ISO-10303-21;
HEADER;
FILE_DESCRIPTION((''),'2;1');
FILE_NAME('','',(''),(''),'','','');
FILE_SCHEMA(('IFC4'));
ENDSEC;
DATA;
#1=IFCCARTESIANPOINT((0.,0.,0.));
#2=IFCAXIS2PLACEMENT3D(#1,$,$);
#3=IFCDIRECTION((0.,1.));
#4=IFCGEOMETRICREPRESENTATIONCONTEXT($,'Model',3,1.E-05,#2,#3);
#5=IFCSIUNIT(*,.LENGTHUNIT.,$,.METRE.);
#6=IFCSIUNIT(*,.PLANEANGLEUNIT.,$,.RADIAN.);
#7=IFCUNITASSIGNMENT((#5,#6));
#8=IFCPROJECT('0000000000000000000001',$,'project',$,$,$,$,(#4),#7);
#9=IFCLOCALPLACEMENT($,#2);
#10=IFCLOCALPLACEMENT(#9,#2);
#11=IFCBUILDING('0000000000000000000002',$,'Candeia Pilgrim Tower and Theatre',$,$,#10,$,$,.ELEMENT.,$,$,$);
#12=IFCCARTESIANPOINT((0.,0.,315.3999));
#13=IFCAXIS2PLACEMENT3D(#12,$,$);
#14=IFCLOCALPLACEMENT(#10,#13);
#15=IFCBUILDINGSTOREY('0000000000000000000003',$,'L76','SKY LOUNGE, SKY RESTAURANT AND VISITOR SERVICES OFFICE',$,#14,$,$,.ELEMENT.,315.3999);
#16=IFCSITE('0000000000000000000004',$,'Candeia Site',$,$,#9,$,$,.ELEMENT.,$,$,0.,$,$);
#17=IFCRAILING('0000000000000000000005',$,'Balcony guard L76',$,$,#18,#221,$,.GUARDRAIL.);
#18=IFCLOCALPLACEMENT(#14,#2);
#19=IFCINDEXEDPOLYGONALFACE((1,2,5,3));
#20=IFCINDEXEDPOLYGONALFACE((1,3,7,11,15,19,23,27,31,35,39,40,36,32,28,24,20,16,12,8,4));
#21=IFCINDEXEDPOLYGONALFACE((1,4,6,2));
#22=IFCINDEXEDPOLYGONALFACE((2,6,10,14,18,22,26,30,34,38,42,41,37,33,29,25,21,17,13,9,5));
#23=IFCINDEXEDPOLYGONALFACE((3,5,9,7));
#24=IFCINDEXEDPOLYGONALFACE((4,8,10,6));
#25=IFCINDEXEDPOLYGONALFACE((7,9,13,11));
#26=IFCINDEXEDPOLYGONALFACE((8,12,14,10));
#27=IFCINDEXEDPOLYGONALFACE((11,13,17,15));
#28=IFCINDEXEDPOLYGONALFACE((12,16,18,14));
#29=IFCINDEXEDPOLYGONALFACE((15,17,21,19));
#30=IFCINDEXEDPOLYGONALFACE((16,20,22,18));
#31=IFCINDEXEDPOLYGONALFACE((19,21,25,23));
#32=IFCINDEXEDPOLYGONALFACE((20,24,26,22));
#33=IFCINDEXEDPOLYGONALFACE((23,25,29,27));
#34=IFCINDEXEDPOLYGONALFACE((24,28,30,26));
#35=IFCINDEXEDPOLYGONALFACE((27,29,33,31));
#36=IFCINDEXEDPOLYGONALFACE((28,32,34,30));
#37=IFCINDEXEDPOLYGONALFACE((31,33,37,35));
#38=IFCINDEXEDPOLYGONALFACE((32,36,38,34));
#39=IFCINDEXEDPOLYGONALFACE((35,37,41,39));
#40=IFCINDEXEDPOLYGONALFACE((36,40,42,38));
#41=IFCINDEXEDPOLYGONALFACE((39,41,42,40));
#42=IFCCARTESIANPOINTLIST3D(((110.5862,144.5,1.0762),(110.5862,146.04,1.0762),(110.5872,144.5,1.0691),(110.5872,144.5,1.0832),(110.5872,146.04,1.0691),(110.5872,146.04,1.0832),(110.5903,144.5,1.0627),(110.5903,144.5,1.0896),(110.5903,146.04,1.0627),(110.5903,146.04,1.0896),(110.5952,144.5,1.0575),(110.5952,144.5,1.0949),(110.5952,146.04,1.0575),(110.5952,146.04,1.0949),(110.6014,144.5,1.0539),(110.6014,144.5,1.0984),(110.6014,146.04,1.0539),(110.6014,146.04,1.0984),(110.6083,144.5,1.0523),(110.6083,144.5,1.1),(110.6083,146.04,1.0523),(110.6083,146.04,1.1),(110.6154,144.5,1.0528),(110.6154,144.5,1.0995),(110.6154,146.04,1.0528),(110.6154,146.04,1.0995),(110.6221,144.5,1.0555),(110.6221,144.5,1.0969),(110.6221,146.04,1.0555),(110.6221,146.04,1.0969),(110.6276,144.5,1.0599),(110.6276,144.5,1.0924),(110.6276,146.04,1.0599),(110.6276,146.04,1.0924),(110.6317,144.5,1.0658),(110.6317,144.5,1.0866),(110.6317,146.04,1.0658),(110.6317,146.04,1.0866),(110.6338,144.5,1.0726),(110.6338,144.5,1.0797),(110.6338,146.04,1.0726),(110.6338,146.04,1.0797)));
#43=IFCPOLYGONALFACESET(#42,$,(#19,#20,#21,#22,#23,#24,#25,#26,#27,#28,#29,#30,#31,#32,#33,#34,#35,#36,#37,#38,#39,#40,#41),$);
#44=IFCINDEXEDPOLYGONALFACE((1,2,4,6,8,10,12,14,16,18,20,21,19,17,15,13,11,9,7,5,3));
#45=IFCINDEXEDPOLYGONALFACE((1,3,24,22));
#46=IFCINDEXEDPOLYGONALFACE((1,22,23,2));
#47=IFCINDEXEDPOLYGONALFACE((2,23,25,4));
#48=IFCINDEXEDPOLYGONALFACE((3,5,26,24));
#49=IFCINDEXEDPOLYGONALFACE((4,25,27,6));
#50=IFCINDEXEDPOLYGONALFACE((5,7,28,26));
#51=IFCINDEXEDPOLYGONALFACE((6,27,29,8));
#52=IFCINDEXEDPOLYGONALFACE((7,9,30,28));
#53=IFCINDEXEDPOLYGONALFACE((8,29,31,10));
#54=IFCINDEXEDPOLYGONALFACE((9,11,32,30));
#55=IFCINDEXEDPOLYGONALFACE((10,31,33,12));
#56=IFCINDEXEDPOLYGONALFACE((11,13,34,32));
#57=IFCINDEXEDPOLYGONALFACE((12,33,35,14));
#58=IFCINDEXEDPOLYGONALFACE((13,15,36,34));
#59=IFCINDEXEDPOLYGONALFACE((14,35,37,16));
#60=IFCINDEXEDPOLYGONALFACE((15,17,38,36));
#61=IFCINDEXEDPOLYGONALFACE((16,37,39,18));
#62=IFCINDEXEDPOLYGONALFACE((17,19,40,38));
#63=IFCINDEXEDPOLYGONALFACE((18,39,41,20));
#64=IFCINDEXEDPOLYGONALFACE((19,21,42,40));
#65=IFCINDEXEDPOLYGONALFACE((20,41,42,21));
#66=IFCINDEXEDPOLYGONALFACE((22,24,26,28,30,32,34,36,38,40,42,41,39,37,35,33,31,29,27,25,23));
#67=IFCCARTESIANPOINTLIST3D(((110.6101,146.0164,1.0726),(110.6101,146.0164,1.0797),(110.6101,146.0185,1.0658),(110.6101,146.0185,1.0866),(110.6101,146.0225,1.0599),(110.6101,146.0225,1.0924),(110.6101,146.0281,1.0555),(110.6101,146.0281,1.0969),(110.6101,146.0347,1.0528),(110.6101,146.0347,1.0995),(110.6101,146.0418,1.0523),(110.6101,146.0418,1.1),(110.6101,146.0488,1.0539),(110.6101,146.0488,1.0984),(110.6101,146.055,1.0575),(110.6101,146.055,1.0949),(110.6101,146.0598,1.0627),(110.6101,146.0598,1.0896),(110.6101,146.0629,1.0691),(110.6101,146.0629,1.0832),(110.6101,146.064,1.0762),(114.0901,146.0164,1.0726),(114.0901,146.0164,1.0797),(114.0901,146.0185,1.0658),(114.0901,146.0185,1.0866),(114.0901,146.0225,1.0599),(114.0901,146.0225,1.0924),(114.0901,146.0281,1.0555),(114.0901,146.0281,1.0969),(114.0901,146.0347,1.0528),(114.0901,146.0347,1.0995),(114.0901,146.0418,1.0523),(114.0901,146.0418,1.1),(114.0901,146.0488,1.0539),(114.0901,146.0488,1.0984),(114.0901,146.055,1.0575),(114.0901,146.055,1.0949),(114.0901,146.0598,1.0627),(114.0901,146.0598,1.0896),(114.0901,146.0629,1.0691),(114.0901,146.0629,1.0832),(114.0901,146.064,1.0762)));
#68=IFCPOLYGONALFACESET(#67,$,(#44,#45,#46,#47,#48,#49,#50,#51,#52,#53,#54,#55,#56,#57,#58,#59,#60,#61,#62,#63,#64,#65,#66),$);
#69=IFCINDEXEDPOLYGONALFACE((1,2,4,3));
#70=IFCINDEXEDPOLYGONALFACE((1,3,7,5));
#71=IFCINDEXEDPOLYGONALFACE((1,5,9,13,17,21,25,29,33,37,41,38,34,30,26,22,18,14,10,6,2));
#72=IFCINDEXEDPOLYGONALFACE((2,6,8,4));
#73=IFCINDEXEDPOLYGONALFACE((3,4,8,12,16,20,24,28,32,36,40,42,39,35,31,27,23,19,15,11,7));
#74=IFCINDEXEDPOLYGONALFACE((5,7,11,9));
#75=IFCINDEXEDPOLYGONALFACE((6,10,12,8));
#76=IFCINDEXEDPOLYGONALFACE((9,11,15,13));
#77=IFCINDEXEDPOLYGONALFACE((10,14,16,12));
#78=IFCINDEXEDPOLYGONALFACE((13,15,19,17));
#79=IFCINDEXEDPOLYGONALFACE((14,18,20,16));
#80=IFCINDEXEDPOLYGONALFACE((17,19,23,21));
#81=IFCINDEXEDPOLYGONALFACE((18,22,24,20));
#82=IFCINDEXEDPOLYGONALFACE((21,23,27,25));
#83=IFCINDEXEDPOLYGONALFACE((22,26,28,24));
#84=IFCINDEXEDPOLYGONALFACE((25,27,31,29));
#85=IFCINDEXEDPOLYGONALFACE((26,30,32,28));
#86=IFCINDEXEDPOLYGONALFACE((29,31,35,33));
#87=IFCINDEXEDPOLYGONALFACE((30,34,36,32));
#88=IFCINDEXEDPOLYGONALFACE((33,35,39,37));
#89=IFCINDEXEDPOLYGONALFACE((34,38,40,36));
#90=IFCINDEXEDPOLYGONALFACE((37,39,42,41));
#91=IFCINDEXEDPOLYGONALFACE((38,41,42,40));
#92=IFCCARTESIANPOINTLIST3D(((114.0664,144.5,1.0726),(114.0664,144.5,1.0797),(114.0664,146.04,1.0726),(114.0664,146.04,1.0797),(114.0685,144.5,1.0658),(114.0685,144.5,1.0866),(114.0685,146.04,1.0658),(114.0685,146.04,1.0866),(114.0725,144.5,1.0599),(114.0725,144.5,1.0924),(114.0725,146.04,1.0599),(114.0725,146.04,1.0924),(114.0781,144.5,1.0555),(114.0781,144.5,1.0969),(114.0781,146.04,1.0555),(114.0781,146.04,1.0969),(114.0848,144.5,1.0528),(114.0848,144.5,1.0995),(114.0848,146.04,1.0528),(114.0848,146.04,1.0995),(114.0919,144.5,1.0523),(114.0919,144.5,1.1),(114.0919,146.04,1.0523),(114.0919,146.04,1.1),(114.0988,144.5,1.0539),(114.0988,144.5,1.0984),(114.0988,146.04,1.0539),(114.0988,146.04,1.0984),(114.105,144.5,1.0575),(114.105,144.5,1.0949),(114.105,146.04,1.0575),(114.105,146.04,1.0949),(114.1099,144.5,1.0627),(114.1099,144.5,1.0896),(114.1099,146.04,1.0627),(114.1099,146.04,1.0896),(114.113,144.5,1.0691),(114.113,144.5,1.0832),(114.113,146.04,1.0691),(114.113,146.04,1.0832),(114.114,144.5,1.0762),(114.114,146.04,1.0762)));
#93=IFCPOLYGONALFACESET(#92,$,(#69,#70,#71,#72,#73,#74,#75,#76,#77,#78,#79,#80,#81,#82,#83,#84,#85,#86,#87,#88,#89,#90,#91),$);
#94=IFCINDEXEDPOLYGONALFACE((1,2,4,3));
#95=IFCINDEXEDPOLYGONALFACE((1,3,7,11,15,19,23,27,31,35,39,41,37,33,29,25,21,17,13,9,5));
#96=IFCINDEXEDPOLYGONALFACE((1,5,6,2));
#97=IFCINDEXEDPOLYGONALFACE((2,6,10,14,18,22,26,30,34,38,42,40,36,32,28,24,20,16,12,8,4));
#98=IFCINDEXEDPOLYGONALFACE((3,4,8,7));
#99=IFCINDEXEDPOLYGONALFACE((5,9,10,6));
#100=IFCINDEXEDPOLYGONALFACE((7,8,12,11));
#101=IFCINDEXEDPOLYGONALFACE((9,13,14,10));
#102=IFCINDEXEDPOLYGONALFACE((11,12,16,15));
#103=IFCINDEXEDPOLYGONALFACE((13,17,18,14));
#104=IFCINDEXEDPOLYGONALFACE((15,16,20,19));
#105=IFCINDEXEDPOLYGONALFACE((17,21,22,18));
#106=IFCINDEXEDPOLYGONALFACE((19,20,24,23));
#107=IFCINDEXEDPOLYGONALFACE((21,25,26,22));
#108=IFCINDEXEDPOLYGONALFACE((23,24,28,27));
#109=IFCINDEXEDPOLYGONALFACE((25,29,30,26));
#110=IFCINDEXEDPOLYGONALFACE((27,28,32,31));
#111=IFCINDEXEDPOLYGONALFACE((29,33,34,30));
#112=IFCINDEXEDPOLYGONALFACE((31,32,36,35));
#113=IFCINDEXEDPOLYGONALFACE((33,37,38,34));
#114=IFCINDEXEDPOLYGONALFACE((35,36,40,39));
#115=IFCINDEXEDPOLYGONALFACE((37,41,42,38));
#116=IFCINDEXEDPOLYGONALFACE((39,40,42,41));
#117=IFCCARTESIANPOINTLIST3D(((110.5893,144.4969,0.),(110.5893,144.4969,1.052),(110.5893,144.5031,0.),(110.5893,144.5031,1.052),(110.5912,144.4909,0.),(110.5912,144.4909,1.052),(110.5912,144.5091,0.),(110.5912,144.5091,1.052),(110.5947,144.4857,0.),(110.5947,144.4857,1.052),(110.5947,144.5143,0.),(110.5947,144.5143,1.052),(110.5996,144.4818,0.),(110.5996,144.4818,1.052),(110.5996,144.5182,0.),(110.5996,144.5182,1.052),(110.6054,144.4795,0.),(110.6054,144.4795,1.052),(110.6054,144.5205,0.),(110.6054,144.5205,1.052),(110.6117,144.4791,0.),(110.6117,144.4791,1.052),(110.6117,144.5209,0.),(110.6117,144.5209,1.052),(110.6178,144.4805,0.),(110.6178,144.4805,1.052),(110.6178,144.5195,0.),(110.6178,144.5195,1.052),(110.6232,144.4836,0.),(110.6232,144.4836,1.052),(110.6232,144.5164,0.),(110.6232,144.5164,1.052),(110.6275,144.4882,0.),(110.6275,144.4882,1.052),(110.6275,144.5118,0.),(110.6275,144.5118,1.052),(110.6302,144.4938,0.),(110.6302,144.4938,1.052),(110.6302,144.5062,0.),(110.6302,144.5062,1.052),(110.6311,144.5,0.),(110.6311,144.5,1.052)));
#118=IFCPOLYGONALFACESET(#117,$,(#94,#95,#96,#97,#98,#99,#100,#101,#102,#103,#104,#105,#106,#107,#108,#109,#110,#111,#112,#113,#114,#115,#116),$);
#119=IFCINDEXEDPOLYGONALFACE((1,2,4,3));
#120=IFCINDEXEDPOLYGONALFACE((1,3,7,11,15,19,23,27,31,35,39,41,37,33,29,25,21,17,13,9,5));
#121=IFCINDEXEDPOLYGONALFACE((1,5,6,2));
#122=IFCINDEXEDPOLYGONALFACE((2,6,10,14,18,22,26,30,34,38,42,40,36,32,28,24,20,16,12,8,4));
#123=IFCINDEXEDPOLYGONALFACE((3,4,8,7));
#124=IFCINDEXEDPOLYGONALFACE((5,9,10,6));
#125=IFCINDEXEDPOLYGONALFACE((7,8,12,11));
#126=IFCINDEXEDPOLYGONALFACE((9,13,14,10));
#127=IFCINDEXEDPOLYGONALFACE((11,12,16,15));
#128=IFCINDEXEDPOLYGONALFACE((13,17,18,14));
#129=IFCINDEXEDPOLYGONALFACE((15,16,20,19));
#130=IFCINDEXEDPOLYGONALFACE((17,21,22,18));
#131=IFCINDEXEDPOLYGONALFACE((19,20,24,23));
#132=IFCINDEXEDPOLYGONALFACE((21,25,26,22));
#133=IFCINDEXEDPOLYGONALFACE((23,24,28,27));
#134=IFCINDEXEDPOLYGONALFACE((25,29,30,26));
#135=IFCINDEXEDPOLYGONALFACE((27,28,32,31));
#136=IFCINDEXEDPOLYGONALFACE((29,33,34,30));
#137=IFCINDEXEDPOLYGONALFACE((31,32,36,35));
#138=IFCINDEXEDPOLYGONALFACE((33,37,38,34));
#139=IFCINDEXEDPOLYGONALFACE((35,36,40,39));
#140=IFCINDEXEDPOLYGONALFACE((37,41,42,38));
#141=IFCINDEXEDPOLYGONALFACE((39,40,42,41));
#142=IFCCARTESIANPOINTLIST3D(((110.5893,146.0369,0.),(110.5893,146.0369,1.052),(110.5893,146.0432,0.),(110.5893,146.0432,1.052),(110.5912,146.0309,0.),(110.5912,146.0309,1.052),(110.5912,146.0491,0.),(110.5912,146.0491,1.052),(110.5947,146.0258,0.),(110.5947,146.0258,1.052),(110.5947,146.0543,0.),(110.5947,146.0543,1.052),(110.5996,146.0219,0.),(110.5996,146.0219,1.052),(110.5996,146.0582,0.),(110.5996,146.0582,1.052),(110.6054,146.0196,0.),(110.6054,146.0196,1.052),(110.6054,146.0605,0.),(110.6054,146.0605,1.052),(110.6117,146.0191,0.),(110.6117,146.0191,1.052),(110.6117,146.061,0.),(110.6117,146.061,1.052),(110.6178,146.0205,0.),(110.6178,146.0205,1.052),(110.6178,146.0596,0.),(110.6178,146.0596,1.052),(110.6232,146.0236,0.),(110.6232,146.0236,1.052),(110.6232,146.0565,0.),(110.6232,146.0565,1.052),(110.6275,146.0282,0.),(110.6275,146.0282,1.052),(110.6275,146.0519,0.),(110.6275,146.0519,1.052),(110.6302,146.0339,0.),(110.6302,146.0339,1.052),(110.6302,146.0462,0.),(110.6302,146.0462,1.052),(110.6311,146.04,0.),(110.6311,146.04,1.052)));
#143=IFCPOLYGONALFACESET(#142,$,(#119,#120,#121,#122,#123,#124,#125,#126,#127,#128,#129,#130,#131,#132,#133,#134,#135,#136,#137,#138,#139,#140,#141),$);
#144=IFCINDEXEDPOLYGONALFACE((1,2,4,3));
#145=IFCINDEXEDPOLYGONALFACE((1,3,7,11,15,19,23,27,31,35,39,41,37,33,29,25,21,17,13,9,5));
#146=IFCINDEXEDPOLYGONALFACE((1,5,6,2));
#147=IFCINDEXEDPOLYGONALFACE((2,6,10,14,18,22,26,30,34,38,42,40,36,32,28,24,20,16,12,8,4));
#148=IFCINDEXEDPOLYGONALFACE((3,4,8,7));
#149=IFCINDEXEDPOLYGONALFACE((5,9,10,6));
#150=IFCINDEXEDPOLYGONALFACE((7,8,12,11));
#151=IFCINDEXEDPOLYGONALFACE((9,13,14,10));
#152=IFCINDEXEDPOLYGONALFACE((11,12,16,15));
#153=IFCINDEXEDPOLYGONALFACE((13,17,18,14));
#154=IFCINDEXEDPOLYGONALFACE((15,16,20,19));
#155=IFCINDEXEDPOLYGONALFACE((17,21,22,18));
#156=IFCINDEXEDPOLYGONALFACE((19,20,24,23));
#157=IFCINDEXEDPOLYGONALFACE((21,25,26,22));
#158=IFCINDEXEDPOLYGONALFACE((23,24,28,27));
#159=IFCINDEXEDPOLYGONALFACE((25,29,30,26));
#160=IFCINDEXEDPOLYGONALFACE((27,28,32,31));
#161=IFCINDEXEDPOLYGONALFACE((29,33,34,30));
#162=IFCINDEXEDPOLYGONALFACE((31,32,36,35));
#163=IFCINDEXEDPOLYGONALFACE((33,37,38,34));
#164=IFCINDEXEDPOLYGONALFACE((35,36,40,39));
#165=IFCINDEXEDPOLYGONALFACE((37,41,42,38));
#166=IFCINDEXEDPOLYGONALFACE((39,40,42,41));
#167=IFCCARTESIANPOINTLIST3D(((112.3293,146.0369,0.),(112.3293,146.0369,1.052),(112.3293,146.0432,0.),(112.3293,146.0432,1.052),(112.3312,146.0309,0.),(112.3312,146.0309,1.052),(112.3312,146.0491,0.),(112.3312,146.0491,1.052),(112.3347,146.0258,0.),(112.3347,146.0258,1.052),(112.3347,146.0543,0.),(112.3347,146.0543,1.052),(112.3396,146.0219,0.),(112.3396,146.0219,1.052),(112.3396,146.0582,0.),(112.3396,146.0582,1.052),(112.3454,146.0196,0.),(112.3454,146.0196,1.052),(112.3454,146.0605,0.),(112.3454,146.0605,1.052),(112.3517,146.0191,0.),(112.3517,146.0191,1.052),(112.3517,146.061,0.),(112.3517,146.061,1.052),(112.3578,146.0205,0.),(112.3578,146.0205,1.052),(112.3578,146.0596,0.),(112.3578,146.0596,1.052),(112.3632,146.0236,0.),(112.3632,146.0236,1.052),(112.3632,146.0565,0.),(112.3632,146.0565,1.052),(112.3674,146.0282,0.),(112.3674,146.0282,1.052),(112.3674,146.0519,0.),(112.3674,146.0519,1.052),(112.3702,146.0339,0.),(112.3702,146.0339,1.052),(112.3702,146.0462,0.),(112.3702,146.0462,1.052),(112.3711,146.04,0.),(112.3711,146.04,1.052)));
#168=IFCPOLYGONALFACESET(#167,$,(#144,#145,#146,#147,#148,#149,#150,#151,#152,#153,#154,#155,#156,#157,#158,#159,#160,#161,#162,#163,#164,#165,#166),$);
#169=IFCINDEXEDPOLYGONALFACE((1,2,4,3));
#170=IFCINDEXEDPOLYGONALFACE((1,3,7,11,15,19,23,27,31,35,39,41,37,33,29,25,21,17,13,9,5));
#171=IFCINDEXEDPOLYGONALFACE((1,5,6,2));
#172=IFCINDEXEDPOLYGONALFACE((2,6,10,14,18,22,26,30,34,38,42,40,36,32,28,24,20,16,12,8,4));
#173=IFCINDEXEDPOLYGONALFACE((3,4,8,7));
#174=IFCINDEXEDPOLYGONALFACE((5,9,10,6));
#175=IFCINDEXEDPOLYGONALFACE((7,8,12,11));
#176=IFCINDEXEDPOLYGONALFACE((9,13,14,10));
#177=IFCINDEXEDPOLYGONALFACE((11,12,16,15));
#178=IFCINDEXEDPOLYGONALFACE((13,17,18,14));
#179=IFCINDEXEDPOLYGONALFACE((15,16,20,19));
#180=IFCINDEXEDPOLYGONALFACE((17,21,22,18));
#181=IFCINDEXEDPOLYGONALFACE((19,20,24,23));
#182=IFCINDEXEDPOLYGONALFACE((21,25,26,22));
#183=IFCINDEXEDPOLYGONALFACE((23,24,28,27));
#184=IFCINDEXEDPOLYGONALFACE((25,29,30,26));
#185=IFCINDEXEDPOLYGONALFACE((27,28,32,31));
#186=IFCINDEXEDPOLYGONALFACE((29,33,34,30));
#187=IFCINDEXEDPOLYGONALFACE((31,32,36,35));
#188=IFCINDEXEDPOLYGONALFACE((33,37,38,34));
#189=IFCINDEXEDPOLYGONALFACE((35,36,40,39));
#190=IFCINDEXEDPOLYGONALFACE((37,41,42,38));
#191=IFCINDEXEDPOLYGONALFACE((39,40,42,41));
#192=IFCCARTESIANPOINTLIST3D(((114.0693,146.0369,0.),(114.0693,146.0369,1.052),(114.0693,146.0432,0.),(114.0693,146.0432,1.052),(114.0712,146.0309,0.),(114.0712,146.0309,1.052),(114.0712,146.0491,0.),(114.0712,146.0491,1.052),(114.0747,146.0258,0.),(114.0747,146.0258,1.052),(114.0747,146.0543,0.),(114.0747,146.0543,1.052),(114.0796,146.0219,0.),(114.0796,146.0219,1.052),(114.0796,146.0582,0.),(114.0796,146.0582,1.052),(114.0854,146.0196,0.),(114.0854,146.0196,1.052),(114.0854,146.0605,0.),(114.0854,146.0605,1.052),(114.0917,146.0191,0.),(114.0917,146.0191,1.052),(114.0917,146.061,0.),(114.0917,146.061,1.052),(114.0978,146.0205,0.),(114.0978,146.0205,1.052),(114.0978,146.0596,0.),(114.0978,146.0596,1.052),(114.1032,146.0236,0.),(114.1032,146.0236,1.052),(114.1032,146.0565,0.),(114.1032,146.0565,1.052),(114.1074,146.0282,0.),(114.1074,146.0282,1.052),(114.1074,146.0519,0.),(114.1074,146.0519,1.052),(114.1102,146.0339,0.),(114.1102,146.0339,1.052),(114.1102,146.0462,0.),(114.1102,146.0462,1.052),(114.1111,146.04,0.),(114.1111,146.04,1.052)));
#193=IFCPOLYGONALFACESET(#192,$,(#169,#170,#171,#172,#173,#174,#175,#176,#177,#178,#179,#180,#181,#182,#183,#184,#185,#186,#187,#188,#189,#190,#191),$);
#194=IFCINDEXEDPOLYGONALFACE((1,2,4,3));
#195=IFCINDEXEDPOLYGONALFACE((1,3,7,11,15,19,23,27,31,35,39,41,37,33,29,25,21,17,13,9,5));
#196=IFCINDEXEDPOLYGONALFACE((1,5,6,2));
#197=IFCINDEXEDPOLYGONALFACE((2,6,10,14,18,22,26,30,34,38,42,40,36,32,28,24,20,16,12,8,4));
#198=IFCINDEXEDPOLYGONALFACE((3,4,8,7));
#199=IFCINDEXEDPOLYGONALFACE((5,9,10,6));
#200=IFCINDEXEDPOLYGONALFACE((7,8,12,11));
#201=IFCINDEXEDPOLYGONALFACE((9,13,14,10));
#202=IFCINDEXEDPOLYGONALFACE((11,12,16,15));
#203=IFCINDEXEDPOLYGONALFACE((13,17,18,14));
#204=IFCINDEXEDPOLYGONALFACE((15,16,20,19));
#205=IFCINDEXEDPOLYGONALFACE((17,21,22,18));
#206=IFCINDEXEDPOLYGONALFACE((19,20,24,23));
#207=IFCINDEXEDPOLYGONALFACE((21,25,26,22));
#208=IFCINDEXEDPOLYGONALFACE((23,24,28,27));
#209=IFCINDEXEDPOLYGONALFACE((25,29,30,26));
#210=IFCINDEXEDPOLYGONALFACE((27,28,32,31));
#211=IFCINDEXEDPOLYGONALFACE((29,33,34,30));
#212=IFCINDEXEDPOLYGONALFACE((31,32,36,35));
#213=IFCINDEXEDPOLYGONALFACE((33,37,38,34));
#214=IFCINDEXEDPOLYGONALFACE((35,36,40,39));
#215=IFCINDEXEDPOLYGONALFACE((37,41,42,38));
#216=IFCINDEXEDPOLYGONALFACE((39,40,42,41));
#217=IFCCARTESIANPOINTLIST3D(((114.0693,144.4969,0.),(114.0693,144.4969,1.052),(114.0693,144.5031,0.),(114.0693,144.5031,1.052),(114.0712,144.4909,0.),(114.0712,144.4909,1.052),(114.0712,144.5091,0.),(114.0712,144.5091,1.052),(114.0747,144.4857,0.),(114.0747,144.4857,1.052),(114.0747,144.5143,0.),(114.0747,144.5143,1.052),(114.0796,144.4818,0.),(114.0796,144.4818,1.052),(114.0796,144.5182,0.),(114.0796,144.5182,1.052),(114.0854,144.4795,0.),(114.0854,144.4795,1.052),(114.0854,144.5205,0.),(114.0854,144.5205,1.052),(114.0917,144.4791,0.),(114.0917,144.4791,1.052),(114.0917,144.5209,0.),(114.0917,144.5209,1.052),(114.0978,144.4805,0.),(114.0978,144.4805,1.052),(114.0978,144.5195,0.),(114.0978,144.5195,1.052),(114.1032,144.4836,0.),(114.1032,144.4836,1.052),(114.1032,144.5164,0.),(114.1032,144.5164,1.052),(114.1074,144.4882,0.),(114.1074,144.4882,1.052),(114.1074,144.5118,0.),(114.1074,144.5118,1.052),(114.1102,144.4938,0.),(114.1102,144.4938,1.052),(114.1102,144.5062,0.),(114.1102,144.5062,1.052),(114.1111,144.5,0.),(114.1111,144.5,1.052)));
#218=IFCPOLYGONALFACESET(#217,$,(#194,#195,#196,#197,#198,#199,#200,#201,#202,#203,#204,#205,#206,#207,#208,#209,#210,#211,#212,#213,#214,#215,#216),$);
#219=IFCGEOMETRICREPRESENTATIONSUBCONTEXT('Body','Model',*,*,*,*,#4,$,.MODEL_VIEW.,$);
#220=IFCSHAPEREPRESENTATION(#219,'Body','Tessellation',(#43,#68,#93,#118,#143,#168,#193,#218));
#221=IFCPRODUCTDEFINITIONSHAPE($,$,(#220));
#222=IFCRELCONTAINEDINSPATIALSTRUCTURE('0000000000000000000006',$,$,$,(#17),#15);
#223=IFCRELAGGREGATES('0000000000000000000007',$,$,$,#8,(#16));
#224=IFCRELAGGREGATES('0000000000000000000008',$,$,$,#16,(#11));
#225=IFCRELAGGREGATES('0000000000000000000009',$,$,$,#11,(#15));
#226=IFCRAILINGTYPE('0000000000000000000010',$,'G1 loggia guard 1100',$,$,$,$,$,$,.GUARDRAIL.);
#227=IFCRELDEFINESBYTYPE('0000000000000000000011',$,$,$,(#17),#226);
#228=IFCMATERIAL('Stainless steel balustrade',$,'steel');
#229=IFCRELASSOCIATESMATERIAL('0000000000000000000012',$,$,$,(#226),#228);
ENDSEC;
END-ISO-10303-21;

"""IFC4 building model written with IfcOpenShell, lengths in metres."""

from ifc_helpers import new_model, si_unit, direction, frame, origin, origin_2d, place, context, subcontext, project, spatial, circle, extrude, material, type_object, element, save


model = new_model("IFC4")

# Units and contexts
model_context = context("Model", 3, precision=1e-05, world=origin(), true_north=direction((0.0, 1.0)))
body_context = subcontext(model_context, "Body", "Model", "MODEL_VIEW")
ifc_project = project(units=[si_unit("LENGTHUNIT", "METRE"), si_unit("PLANEANGLEUNIT", "RADIAN")], contexts=[model_context])

# Site, building, storey
site_placement = place(None, origin())
site = spatial("IfcSite", under=ifc_project, at=site_placement, Name="Candeia Site", CompositionType="ELEMENT", RefElevation=0.0)
building_placement = place(site_placement, origin())
building = spatial("IfcBuilding", under=site, at=building_placement, Name="Candeia Pilgrim Tower and Theatre", CompositionType="ELEMENT")
storey_placement = place(building_placement, frame((0.0, 0.0, 315.3999)))
storey = spatial("IfcBuildingStorey", under=building, at=storey_placement, Name="L76", Description="SKY LOUNGE, SKY RESTAURANT AND VISITOR SERVICES OFFICE", CompositionType="ELEMENT", Elevation=315.3999)

# Railing
ifc_material_1 = material(Name="Stainless steel balustrade", Category="steel")
railing_type = type_object("IfcRailingType", Name="G1 loggia guard 1100", PredefinedType="GUARDRAIL", material=ifc_material_1)
railing_placement = place(storey_placement, frame((110.6101, 144.5, 0.0)))
element("IfcRailing", 1, at=railing_placement, inside=storey, type_object=railing_type, Name="Balcony guard L76", PredefinedType="GUARDRAIL", context=body_context, shape_type="SweptSolid", body=[
    extrude(circle(Radius=0.0239, at=origin_2d()), frame((0.0, 0.0, 1.0762), z_axis=(0.0, 1.0, 0.0), x_axis=(-1.0, 0.0, 0.0)), (0.0, 0.0, 1.0), 1.54),
    extrude(circle(Radius=0.0239, at=origin_2d()), frame((0.0, 1.54, 1.0762), z_axis=(1.0, 0.0, 0.0), x_axis=(0.0, 1.0, 0.0)), (0.0, 0.0, 1.0), 3.48),
    extrude(circle(Radius=0.0239, at=origin_2d()), frame((3.48, 1.54, 1.0762), z_axis=(0.0, -1.0, 0.0), x_axis=(1.0, 0.0, 0.0)), (0.0, 0.0, 1.0), 1.54),
    extrude(circle(Radius=0.021, at=origin_2d()), origin(), (0.0, 0.0, 1.0), 1.052),
    extrude(circle(Radius=0.021, at=origin_2d()), frame((0.0, 1.54, 0.0)), (0.0, 0.0, 1.0), 1.052),
    extrude(circle(Radius=0.021, at=origin_2d()), frame((1.74, 1.54, 0.0)), (0.0, 0.0, 1.0), 1.052),
    extrude(circle(Radius=0.021, at=origin_2d()), frame((3.48, 1.54, 0.0)), (0.0, 0.0, 1.0), 1.052),
    extrude(circle(Radius=0.021, at=origin_2d()), frame((3.48, 0.0, 0.0)), (0.0, 0.0, 1.0), 1.052),
])

save(model, "model.ifc")
